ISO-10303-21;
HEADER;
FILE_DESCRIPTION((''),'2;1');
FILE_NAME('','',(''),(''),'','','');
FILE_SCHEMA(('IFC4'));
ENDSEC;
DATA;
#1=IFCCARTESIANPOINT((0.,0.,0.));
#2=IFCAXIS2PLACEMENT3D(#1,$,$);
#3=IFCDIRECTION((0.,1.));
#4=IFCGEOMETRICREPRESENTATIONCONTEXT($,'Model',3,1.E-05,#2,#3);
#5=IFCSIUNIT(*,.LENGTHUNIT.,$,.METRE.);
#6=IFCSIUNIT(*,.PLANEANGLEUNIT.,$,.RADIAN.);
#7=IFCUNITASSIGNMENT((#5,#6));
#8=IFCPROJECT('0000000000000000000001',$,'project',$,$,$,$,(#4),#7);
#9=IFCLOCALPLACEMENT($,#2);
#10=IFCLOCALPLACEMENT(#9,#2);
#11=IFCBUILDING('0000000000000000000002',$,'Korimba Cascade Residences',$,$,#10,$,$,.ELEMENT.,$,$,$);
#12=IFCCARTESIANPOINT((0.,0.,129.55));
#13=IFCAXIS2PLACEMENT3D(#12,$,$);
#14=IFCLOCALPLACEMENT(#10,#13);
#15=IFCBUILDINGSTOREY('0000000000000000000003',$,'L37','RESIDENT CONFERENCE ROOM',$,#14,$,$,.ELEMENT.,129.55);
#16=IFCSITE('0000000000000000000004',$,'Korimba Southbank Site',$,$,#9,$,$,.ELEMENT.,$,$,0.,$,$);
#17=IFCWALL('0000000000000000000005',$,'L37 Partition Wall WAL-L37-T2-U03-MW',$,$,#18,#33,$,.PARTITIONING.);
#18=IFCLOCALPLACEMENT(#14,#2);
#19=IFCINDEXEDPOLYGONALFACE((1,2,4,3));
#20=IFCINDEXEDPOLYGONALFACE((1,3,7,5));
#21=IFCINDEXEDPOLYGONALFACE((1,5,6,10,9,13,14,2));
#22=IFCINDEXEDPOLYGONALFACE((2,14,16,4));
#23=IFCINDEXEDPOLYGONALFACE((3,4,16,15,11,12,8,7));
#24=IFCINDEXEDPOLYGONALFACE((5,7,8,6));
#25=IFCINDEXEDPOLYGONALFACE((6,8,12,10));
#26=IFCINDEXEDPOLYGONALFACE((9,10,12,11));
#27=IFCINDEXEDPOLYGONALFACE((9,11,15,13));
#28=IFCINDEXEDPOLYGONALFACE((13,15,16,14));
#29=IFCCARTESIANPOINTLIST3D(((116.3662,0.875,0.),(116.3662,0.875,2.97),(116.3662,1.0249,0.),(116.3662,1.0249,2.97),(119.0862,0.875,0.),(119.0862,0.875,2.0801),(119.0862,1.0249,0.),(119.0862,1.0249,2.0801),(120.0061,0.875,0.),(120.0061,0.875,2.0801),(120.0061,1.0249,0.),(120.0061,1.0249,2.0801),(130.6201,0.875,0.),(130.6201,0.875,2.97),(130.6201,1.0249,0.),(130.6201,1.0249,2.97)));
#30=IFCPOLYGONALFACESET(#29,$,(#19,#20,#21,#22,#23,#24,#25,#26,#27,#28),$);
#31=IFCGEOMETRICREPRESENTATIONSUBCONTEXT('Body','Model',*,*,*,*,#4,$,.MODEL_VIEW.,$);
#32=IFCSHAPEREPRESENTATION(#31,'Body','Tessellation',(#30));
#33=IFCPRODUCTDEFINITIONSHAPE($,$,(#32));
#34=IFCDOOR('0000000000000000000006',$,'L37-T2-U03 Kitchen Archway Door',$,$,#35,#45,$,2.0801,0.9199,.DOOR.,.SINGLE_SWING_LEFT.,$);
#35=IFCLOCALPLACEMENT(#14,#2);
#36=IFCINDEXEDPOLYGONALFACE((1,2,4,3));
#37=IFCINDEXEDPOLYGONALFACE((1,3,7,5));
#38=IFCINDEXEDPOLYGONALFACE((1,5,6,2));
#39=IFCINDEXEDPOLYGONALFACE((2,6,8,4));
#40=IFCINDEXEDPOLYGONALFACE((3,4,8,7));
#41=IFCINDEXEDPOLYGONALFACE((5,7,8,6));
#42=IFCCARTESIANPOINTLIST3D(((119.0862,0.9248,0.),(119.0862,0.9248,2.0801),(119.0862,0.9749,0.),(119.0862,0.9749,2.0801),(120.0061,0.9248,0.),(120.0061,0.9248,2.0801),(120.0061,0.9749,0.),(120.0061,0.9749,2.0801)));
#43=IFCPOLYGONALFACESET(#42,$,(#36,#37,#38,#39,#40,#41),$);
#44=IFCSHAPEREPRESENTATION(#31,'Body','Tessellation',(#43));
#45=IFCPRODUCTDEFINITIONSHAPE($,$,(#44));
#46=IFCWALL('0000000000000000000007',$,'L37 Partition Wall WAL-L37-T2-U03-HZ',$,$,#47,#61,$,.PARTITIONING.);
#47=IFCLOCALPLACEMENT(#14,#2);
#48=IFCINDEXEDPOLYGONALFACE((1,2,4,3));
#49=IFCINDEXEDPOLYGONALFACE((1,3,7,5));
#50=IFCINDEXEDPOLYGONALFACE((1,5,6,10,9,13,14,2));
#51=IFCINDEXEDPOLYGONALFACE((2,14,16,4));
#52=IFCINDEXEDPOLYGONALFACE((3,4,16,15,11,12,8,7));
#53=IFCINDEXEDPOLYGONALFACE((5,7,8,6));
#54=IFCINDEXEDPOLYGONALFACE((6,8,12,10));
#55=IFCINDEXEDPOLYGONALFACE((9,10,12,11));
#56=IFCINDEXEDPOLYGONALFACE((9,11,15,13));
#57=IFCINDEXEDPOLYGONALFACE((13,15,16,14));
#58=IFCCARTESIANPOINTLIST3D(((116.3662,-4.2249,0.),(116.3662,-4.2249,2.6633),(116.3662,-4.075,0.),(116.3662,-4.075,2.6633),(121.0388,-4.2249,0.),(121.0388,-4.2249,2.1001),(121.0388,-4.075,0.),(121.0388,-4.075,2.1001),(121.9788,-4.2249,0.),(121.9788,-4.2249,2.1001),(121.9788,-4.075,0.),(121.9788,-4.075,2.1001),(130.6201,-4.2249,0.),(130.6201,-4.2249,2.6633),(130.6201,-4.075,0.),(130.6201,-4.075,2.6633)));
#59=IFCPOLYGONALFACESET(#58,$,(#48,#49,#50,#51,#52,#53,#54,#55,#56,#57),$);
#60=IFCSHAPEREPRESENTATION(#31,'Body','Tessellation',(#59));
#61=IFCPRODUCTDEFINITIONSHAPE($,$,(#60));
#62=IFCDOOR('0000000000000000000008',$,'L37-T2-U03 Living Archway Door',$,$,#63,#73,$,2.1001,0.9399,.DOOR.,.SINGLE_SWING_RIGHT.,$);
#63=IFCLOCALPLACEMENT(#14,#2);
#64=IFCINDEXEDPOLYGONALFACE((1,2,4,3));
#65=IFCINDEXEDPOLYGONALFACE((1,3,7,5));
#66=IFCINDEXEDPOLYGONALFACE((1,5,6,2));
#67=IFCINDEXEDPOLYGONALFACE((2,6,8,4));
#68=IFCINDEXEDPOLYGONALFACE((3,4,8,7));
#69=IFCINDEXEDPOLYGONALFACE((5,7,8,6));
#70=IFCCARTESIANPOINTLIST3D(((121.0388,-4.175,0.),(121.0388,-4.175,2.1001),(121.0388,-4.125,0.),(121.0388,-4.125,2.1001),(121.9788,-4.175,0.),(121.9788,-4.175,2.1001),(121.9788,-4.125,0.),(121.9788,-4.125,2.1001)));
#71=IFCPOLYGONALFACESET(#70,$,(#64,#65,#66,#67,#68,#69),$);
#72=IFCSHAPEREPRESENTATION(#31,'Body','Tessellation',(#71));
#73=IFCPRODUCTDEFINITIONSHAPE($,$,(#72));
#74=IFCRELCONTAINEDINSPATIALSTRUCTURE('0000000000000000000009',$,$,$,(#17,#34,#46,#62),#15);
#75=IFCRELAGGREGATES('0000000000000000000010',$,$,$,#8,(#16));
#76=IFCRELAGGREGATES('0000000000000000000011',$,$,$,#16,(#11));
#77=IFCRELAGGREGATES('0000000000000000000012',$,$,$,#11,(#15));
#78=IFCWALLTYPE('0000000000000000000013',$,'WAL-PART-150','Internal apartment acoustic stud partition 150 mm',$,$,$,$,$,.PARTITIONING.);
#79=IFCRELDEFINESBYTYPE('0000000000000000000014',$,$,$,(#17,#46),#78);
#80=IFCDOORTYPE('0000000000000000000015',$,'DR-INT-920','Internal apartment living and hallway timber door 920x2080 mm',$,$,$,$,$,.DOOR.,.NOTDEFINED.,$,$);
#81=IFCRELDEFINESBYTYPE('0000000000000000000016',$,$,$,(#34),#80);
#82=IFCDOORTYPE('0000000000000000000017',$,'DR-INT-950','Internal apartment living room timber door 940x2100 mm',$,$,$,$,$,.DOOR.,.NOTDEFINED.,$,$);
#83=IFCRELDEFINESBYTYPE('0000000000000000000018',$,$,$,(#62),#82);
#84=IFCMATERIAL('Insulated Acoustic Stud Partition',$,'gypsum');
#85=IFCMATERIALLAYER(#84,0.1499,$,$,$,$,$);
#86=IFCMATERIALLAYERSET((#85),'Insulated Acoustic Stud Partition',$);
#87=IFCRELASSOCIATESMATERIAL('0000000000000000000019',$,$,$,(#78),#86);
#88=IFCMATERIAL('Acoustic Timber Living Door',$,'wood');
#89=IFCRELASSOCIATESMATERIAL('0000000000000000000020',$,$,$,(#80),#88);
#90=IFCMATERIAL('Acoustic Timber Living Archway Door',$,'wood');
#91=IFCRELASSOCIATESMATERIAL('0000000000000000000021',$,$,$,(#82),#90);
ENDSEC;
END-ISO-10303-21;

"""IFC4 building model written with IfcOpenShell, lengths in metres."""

from ifc_helpers import new_model, si_unit, direction, frame, frame_2d, origin, place, context, subcontext, project, spatial, rectangle, extrude, material, layer, layer_set, type_object, element, fill, save


model = new_model("IFC4")

# Units and contexts
model_context = context("Model", 3, precision=1e-05, world=origin(), true_north=direction((0.0, 1.0)))
body_context = subcontext(model_context, "Body", "Model", "MODEL_VIEW")
ifc_project = project(units=[si_unit("LENGTHUNIT", "METRE"), si_unit("PLANEANGLEUNIT", "RADIAN")], contexts=[model_context])

# Site, building, storey
site_placement = place(None, origin())
site = spatial("IfcSite", under=ifc_project, at=site_placement, Name="Korimba Southbank Site", CompositionType="ELEMENT", RefElevation=0.0)
building_placement = place(site_placement, origin())
building = spatial("IfcBuilding", under=site, at=building_placement, Name="Korimba Cascade Residences", CompositionType="ELEMENT")
storey_placement = place(building_placement, frame((0.0, 0.0, 129.55)))
storey = spatial("IfcBuildingStorey", under=building, at=storey_placement, Name="L37", Description="RESIDENT CONFERENCE ROOM", CompositionType="ELEMENT", Elevation=129.55)

# Shared definitions
ifc_material_1 = material(Name="Insulated Acoustic Stud Partition", Category="gypsum")
ifc_layer = layer(ifc_material_1, 0.1499)
ifc_layer_set = layer_set([ifc_layer], Name="Insulated Acoustic Stud Partition")
wall_type = type_object("IfcWallType", Name="WAL-PART-150", Description="Internal apartment acoustic stud partition 150 mm", PredefinedType="PARTITIONING", material=ifc_layer_set)

# Walls, openings, doors
wall_1_placement = place(storey_placement, frame((116.3662, 0.95, 0.0), z_axis=(0.0, 0.0, 1.0), x_axis=(1.0, 0.0, 0.0)))
wall_1 = element("IfcWall", 1, at=wall_1_placement, inside=storey, type_object=wall_type, Name="L37 Partition Wall WAL-L37-T2-U03-MW", PredefinedType="PARTITIONING", context=body_context, shape_type="SweptSolid", body=[
    extrude(rectangle(XDim=14.2539, YDim=0.1499, at=frame_2d((7.127, 0.0))), origin(), (0.0, 0.0, 1.0), 2.97),
])
opening_1_placement = place(wall_1_placement, frame((2.72, 0.0, 0.0)))
opening_1 = element("IfcOpeningElement", 2, at=opening_1_placement, cuts=wall_1, PredefinedType="OPENING", context=body_context, shape_type="SweptSolid", body=[
    extrude(rectangle(XDim=0.9199, YDim=2.0801, at=frame_2d((0.46, 1.04))), frame((0.0, 0.085, 0.0), z_axis=(0.0, -1.0, 0.0), x_axis=(1.0, 0.0, 0.0)), (0.0, 0.0, 1.0), 0.1699),
])
ifc_material_2 = material(Name="Acoustic Timber Living Door", Category="wood")
door_type_1 = type_object("IfcDoorType", Name="DR-INT-920", Description="Internal apartment living and hallway timber door 920x2080 mm", OperationType="NOTDEFINED", PredefinedType="DOOR", material=ifc_material_2)
door_1_placement = place(opening_1_placement, origin())
door_1 = element("IfcDoor", 3, at=door_1_placement, inside=storey, type_object=door_type_1, Name="L37-T2-U03 Kitchen Archway Door", OperationType="SINGLE_SWING_LEFT", OverallHeight=2.0801, OverallWidth=0.9199, PredefinedType="DOOR", context=body_context, shape_type="SweptSolid", body=[
    extrude(rectangle(XDim=0.9199, YDim=2.0801, at=frame_2d((0.46, 1.04))), frame((0.0, 0.0249, 0.0), z_axis=(0.0, -1.0, 0.0), x_axis=(1.0, 0.0, 0.0)), (0.0, 0.0, 1.0), 0.05),
])
fill(opening_1, door_1)
wall_2_placement = place(storey_placement, frame((116.3662, -4.1499, 0.0), z_axis=(0.0, 0.0, 1.0), x_axis=(1.0, 0.0, 0.0)))
wall_2 = element("IfcWall", 4, at=wall_2_placement, inside=storey, type_object=wall_type, Name="L37 Partition Wall WAL-L37-T2-U03-HZ", PredefinedType="PARTITIONING", context=body_context, shape_type="SweptSolid", body=[
    extrude(rectangle(XDim=14.2539, YDim=0.1499, at=frame_2d((7.127, 0.0))), origin(), (0.0, 0.0, 1.0), 2.6633),
])
opening_2_placement = place(wall_2_placement, frame((4.6726, 0.0, 0.0)))
opening_2 = element("IfcOpeningElement", 5, at=opening_2_placement, cuts=wall_2, PredefinedType="OPENING", context=body_context, shape_type="SweptSolid", body=[
    extrude(rectangle(XDim=0.9399, YDim=2.1001, at=frame_2d((0.47, 1.05))), frame((0.0, 0.085, 0.0), z_axis=(0.0, -1.0, 0.0), x_axis=(1.0, 0.0, 0.0)), (0.0, 0.0, 1.0), 0.1699),
])
ifc_material_3 = material(Name="Acoustic Timber Living Archway Door", Category="wood")
door_type_2 = type_object("IfcDoorType", Name="DR-INT-950", Description="Internal apartment living room timber door 940x2100 mm", OperationType="NOTDEFINED", PredefinedType="DOOR", material=ifc_material_3)
door_2_placement = place(opening_2_placement, origin())
door_2 = element("IfcDoor", 6, at=door_2_placement, inside=storey, type_object=door_type_2, Name="L37-T2-U03 Living Archway Door", OperationType="SINGLE_SWING_RIGHT", OverallHeight=2.1001, OverallWidth=0.9399, PredefinedType="DOOR", context=body_context, shape_type="SweptSolid", body=[
    extrude(rectangle(XDim=0.9399, YDim=2.1001, at=frame_2d((0.47, 1.05))), frame((0.0, 0.0249, 0.0), z_axis=(0.0, -1.0, 0.0), x_axis=(1.0, 0.0, 0.0)), (0.0, 0.0, 1.0), 0.05),
])
fill(opening_2, door_2)

save(model, "model.ifc")
